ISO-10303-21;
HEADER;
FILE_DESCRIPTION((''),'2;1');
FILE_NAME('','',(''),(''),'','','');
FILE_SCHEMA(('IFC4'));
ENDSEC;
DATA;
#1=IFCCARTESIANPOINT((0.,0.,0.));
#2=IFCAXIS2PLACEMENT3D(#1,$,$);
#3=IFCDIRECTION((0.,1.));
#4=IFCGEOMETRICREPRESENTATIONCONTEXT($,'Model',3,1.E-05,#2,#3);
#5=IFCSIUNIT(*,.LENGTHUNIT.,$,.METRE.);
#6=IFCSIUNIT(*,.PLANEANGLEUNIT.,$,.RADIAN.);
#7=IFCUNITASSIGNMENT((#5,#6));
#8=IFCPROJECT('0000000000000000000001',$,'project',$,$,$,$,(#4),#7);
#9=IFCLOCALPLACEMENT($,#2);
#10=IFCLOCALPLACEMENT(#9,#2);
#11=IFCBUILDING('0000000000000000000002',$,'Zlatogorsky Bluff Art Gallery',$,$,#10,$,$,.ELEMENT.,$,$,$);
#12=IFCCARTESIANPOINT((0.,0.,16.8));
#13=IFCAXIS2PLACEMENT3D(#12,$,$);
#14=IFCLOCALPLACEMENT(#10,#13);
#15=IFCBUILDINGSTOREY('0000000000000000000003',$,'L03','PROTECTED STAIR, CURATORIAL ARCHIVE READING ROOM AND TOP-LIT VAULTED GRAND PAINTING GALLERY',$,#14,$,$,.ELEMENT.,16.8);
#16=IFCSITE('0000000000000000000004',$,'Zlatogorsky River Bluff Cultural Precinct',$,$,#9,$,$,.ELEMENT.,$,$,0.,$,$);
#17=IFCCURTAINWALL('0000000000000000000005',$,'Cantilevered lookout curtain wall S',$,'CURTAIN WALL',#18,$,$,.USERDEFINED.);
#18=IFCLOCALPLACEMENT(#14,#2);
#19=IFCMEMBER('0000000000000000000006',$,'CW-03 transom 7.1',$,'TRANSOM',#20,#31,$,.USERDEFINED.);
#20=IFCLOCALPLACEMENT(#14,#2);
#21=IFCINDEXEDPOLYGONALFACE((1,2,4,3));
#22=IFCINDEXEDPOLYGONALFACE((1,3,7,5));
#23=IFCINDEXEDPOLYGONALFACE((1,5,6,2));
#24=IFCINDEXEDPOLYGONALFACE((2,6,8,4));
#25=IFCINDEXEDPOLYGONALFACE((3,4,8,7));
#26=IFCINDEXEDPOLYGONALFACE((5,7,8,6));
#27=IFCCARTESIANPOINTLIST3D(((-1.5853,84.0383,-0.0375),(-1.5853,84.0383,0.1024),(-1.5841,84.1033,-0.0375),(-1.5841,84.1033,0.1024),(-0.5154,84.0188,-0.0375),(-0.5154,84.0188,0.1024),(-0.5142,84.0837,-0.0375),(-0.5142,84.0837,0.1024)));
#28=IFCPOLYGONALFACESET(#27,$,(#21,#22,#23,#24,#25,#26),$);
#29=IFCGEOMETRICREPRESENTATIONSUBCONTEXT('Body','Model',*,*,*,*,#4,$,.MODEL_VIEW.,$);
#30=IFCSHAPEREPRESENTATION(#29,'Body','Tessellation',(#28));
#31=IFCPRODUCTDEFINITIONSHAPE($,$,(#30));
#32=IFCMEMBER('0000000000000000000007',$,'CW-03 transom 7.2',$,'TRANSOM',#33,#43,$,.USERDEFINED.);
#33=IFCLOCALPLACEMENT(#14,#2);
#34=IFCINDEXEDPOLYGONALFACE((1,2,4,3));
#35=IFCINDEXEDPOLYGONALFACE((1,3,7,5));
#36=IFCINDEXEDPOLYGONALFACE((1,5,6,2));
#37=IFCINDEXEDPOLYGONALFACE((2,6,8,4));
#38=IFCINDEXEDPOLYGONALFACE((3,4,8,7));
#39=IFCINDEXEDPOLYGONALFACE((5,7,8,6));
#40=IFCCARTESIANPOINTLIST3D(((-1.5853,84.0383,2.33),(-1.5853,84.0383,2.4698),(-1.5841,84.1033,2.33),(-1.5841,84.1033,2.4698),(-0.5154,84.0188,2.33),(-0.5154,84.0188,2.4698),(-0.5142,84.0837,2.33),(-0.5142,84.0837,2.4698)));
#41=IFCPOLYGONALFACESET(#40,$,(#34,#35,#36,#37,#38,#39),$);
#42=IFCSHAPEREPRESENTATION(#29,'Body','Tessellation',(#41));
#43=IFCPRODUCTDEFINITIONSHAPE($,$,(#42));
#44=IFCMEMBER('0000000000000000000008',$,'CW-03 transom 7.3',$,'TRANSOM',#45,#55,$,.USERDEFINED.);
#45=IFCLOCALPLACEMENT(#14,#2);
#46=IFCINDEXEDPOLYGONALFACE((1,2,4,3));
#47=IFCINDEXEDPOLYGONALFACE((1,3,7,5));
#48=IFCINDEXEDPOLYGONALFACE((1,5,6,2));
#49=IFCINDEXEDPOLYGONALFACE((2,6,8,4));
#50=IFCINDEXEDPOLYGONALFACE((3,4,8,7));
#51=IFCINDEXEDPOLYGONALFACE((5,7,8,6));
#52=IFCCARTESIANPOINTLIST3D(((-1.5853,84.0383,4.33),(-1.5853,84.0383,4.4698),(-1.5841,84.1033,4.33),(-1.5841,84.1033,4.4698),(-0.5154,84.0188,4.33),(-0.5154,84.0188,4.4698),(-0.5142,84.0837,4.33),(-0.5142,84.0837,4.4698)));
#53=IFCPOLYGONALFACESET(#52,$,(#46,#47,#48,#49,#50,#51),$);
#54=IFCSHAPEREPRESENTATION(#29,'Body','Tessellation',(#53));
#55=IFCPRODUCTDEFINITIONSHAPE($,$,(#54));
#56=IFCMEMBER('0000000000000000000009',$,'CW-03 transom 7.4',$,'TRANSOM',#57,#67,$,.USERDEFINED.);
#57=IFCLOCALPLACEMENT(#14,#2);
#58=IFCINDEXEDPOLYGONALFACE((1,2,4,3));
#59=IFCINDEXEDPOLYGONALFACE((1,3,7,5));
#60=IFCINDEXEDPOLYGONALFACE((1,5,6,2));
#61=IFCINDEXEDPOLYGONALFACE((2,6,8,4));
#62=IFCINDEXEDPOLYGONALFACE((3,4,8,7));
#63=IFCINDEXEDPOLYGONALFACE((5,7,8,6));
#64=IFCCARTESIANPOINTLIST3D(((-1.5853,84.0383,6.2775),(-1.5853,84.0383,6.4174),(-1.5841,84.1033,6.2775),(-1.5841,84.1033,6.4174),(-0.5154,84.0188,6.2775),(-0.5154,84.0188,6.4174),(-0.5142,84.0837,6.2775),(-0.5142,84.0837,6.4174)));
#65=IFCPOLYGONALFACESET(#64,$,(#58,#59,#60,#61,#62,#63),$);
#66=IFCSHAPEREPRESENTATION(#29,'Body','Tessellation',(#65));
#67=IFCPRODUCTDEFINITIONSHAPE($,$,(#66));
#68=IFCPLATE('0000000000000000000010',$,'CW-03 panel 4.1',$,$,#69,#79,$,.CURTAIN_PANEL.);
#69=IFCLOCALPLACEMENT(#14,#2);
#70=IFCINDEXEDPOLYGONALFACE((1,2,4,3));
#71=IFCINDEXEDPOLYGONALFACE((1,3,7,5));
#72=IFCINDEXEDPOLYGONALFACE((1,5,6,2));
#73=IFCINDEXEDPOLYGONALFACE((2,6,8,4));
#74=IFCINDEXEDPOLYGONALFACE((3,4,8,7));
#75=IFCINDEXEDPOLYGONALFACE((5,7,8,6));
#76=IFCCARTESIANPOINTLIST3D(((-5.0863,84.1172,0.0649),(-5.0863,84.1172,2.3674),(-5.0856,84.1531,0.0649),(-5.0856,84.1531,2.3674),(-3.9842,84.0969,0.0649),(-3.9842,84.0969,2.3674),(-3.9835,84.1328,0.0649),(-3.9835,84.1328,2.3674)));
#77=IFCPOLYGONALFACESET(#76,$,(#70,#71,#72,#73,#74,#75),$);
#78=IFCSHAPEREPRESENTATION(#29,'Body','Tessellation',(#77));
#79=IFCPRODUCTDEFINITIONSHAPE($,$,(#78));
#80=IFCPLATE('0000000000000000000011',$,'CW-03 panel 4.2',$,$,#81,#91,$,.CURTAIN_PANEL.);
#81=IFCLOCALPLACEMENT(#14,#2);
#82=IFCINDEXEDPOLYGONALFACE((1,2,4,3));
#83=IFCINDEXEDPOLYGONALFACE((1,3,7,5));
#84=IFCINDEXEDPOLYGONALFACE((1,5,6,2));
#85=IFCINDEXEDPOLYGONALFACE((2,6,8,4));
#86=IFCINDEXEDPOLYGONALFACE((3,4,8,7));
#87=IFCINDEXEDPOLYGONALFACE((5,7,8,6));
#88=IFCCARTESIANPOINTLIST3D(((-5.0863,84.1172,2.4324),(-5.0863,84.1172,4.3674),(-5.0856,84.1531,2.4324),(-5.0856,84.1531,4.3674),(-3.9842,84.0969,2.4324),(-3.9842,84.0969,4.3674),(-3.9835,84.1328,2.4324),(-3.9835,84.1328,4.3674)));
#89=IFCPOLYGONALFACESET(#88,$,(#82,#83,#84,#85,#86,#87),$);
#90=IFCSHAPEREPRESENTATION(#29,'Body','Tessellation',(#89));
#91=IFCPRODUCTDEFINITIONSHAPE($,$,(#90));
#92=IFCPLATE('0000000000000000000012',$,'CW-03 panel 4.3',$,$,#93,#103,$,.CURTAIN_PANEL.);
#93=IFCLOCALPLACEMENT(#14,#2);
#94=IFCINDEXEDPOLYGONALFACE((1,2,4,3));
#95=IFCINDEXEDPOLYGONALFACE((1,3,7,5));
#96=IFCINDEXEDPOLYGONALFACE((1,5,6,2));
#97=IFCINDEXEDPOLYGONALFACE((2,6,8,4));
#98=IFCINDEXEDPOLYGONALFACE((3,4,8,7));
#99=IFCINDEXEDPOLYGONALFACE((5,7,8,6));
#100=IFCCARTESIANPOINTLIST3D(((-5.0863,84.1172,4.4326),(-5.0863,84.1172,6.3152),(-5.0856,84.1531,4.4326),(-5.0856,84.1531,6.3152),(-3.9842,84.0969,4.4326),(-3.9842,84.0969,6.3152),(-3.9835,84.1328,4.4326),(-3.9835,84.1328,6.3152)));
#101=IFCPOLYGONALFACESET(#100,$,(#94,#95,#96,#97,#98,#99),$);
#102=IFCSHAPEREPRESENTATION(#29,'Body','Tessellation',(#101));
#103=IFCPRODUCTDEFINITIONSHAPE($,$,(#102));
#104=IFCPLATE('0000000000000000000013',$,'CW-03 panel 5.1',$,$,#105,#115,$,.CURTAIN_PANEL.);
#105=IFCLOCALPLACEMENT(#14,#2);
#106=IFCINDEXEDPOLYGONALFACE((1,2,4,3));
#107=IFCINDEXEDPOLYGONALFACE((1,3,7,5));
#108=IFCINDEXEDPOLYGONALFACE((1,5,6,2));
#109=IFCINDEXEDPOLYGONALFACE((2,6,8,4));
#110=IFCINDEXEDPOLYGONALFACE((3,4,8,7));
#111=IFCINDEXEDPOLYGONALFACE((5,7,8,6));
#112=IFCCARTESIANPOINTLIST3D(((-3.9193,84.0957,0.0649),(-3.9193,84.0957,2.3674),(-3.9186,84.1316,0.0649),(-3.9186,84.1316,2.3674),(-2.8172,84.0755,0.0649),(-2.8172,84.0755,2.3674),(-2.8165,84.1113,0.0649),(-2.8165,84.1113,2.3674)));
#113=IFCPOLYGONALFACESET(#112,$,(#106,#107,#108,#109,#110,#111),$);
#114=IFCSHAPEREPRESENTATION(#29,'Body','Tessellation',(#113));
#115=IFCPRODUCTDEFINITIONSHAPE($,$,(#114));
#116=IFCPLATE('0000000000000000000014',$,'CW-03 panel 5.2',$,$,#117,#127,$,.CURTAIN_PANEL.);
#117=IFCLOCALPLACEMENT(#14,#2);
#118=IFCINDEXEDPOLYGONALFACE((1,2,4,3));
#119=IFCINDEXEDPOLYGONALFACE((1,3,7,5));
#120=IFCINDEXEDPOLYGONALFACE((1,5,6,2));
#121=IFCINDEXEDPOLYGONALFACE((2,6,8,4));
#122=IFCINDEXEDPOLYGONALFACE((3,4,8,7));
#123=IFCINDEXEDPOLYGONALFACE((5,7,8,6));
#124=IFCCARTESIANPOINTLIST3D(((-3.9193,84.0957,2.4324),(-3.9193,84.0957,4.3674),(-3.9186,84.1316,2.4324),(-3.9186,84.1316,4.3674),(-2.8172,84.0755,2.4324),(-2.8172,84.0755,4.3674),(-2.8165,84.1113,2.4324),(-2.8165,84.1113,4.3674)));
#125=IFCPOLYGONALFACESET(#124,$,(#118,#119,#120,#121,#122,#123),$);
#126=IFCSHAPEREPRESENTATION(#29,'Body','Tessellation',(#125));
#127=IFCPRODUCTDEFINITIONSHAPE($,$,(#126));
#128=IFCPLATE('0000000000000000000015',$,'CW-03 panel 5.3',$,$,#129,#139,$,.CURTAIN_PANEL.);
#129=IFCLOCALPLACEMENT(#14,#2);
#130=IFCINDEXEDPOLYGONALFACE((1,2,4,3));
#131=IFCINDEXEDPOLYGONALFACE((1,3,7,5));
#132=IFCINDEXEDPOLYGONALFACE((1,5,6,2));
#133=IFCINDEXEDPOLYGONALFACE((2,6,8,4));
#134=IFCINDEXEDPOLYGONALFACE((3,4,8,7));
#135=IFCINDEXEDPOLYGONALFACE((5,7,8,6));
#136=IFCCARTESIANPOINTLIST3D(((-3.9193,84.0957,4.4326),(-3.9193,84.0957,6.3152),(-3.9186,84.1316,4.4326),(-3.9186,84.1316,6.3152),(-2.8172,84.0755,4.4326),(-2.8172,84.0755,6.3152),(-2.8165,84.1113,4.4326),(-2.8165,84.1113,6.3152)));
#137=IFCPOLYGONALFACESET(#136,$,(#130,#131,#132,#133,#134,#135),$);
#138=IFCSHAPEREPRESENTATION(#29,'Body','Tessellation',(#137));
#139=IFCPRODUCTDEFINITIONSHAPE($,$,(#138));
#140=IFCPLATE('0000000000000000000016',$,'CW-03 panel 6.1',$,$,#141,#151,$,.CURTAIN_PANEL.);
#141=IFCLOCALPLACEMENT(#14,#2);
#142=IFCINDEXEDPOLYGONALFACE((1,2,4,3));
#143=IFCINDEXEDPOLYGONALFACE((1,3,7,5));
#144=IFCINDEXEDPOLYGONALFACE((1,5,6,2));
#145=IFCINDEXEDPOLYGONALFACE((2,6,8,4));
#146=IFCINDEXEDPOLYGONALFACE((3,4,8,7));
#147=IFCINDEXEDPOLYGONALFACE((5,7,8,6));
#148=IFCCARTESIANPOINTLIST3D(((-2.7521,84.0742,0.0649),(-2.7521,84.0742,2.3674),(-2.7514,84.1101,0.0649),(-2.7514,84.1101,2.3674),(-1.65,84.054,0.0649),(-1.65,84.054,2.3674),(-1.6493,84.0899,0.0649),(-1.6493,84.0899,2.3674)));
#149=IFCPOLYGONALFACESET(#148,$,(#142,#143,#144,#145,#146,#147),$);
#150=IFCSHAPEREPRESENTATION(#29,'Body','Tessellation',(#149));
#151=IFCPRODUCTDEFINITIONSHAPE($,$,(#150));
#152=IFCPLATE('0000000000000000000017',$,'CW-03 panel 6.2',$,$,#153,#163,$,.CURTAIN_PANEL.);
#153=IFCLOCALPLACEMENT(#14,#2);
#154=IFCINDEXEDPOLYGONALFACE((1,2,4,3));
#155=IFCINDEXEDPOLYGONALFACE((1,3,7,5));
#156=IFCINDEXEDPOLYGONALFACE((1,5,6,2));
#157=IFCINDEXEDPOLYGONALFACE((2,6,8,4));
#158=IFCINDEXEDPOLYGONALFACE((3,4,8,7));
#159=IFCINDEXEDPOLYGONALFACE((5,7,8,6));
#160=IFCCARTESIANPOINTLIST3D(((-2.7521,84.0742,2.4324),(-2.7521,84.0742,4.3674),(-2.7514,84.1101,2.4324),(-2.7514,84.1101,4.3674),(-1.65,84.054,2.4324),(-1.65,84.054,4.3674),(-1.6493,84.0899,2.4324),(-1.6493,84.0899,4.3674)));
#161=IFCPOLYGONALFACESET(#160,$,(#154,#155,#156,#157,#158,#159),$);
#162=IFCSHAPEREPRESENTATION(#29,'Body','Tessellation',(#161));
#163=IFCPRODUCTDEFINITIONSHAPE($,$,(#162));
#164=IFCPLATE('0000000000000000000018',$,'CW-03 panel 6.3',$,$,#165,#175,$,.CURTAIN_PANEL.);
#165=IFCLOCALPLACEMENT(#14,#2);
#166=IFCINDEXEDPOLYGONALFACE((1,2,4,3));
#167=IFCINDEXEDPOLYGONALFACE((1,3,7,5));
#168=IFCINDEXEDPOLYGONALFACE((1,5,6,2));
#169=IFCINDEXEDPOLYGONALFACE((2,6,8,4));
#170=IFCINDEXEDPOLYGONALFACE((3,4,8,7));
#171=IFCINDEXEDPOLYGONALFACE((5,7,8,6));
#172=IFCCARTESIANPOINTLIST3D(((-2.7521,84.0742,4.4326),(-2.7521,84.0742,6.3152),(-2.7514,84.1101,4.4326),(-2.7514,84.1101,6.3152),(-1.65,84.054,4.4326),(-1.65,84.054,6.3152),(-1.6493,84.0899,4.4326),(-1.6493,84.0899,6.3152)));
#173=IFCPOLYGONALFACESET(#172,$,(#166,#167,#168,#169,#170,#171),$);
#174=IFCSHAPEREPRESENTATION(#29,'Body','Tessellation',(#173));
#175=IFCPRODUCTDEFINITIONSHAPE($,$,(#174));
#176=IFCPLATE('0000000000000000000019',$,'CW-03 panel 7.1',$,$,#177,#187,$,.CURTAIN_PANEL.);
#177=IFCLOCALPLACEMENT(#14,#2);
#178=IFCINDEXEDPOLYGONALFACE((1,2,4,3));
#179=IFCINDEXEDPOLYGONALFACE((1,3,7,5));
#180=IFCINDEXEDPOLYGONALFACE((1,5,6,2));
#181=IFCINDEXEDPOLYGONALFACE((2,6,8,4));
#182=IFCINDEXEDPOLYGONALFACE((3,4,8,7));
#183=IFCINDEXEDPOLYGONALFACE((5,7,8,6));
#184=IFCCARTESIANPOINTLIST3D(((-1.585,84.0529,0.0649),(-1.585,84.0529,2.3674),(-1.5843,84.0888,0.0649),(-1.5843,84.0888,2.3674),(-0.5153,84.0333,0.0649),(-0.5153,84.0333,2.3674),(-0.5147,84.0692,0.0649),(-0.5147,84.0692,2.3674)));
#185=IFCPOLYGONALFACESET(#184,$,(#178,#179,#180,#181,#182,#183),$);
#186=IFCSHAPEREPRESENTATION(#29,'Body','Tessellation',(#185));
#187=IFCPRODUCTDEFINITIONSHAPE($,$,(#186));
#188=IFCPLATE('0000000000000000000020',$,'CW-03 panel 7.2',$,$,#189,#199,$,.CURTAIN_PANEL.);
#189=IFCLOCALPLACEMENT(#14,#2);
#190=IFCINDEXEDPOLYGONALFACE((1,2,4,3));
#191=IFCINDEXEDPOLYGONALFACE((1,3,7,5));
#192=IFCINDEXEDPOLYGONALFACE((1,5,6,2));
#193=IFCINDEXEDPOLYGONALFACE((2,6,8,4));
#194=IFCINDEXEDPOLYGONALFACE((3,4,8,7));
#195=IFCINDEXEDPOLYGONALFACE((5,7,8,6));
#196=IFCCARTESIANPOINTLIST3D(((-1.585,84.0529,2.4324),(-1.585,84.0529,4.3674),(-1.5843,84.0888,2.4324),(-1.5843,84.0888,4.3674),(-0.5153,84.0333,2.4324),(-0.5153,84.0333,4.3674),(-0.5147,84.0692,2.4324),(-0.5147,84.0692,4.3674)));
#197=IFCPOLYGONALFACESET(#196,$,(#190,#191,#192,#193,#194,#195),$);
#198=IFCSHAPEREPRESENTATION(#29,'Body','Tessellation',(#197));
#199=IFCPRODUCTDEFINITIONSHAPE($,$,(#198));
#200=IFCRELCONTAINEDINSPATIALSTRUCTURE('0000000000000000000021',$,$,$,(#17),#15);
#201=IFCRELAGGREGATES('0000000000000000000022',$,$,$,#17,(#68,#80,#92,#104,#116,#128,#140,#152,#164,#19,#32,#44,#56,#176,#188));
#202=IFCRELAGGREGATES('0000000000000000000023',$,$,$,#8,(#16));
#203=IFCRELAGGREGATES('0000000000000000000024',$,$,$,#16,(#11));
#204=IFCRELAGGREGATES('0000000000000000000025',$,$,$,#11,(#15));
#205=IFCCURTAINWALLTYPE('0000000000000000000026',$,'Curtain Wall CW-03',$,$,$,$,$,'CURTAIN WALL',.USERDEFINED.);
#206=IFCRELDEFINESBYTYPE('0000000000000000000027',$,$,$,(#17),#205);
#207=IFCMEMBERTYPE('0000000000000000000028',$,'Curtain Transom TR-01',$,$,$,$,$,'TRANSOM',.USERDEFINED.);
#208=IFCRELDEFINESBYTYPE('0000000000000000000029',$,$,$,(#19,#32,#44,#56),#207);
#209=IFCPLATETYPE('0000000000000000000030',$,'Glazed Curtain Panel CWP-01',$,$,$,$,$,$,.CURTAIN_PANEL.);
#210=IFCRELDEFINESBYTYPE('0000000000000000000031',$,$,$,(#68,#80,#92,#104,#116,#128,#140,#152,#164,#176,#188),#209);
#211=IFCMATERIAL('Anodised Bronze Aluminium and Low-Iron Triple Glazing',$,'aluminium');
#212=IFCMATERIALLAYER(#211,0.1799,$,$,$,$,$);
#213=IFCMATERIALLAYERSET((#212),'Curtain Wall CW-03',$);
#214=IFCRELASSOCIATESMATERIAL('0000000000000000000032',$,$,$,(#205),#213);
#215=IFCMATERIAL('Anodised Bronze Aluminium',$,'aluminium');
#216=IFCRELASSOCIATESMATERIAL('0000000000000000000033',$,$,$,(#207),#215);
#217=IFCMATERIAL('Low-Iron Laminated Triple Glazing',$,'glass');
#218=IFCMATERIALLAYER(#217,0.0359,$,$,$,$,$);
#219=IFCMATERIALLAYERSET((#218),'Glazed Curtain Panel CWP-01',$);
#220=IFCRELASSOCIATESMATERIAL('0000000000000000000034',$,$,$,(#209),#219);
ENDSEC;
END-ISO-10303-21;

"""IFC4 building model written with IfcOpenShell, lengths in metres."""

from ifc_helpers import new_model, si_unit, direction, frame, origin, origin_2d, place, context, subcontext, project, spatial, rectangle, extrude, material, layer, layer_set, material_profile, profile_set, type_object, element, aggregate, save


model = new_model("IFC4")

# Units and contexts
model_context = context("Model", 3, precision=1e-05, world=origin(), true_north=direction((0.0, 1.0)))
body_context = subcontext(model_context, "Body", "Model", "MODEL_VIEW")
ifc_project = project(units=[si_unit("LENGTHUNIT", "METRE"), si_unit("PLANEANGLEUNIT", "RADIAN")], contexts=[model_context])

# Site, building, storey
site_placement = place(None, origin())
site = spatial("IfcSite", under=ifc_project, at=site_placement, Name="Zlatogorsky River Bluff Cultural Precinct", CompositionType="ELEMENT", RefElevation=0.0)
building_placement = place(site_placement, origin())
building = spatial("IfcBuilding", under=site, at=building_placement, Name="Zlatogorsky Bluff Art Gallery", CompositionType="ELEMENT")
storey_placement = place(building_placement, frame((0.0, 0.0, 16.8)))
storey = spatial("IfcBuildingStorey", under=building, at=storey_placement, Name="L03", Description="PROTECTED STAIR, CURATORIAL ARCHIVE READING ROOM AND TOP-LIT VAULTED GRAND PAINTING GALLERY", CompositionType="ELEMENT", Elevation=16.8)

# Curtain wall, members, plates
ifc_material_1 = material(Name="Anodised Bronze Aluminium and Low-Iron Triple Glazing", Category="aluminium")
ifc_layer_1 = layer(ifc_material_1, 0.1799)
ifc_layer_set_1 = layer_set([ifc_layer_1], Name="Curtain Wall CW-03")
curtain_wall_type = type_object("IfcCurtainWallType", Name="Curtain Wall CW-03", ElementType="CURTAIN WALL", PredefinedType="USERDEFINED", material=ifc_layer_set_1)
curtain_wall_placement = place(storey_placement, origin())
curtain_wall = element("IfcCurtainWall", 1, at=curtain_wall_placement, inside=storey, type_object=curtain_wall_type, Name="Cantilevered lookout curtain wall S", ObjectType="CURTAIN WALL", PredefinedType="USERDEFINED")
ifc_material_2 = material(Name="Anodised Bronze Aluminium", Category="aluminium")
ifc_material_profile_1 = material_profile(ifc_material_2, rectangle(XDim=0.0649, YDim=0.1399, at=origin_2d()), Name="ALU TRANSOM 65x140")
ifc_profile_set_1 = profile_set([ifc_material_profile_1], Name="Anodised Bronze Aluminium")
member_type_1 = type_object("IfcMemberType", Name="Curtain Transom TR-01", ElementType="TRANSOM", PredefinedType="USERDEFINED", material=ifc_profile_set_1)
member_1_placement = place(storey_placement, frame((-1.5847, 84.0708, 0.0325), z_axis=(0.999833, -0.018253, 0.0), x_axis=(0.018253, 0.999833, 0.0)))
member_1 = element("IfcMember", 2, at=member_1_placement, type_object=member_type_1, Name="CW-03 transom 7.1", ObjectType="TRANSOM", PredefinedType="USERDEFINED", context=body_context, shape_type="SweptSolid", body=[
    extrude(rectangle(XDim=0.0649, YDim=0.1399, at=origin_2d()), origin(), (0.0, 0.0, 1.0), 1.0701),
])
member_2_placement = place(storey_placement, frame((-1.5847, 84.0708, 2.3999), z_axis=(0.999833, -0.018253, 0.0), x_axis=(0.018253, 0.999833, 0.0)))
member_2 = element("IfcMember", 3, at=member_2_placement, type_object=member_type_1, Name="CW-03 transom 7.2", ObjectType="TRANSOM", PredefinedType="USERDEFINED", context=body_context, shape_type="SweptSolid", body=[
    extrude(rectangle(XDim=0.0649, YDim=0.1399, at=origin_2d()), origin(), (0.0, 0.0, 1.0), 1.0701),
])
member_3_placement = place(storey_placement, frame((-1.5847, 84.0708, 4.3999), z_axis=(0.999833, -0.018253, 0.0), x_axis=(0.018253, 0.999833, 0.0)))
member_3 = element("IfcMember", 4, at=member_3_placement, type_object=member_type_1, Name="CW-03 transom 7.3", ObjectType="TRANSOM", PredefinedType="USERDEFINED", context=body_context, shape_type="SweptSolid", body=[
    extrude(rectangle(XDim=0.0649, YDim=0.1399, at=origin_2d()), origin(), (0.0, 0.0, 1.0), 1.0701),
])
member_4_placement = place(storey_placement, frame((-1.5847, 84.0708, 6.3474), z_axis=(0.999833, -0.018253, 0.0), x_axis=(0.018253, 0.999833, 0.0)))
member_4 = element("IfcMember", 5, at=member_4_placement, type_object=member_type_1, Name="CW-03 transom 7.4", ObjectType="TRANSOM", PredefinedType="USERDEFINED", context=body_context, shape_type="SweptSolid", body=[
    extrude(rectangle(XDim=0.0649, YDim=0.1399, at=origin_2d()), origin(), (0.0, 0.0, 1.0), 1.0701),
])
ifc_material_3 = material(Name="Low-Iron Laminated Triple Glazing", Category="glass")
ifc_layer_2 = layer(ifc_material_3, 0.0359)
ifc_layer_set_2 = layer_set([ifc_layer_2], Name="Glazed Curtain Panel CWP-01")
plate_type = type_object("IfcPlateType", Name="Glazed Curtain Panel CWP-01", PredefinedType="CURTAIN_PANEL", material=ifc_layer_set_2)
plate_1_placement = place(storey_placement, frame((-4.5349, 84.125, 0.0649), z_axis=(0.0, 0.0, 1.0), x_axis=(0.999832, -0.018357, 0.0)))
plate_1 = element("IfcPlate", 6, at=plate_1_placement, type_object=plate_type, Name="CW-03 panel 4.1", PredefinedType="CURTAIN_PANEL", context=body_context, shape_type="SweptSolid", body=[
    extrude(rectangle(XDim=1.1023, YDim=0.0359, at=origin_2d()), origin(), (0.0, 0.0, 1.0), 2.3025),
])
plate_2_placement = place(storey_placement, frame((-4.5349, 84.125, 2.4324), z_axis=(0.0, 0.0, 1.0), x_axis=(0.999832, -0.018357, 0.0)))
plate_2 = element("IfcPlate", 7, at=plate_2_placement, type_object=plate_type, Name="CW-03 panel 4.2", PredefinedType="CURTAIN_PANEL", context=body_context, shape_type="SweptSolid", body=[
    extrude(rectangle(XDim=1.1023, YDim=0.0359, at=origin_2d()), origin(), (0.0, 0.0, 1.0), 1.9351),
])
plate_3_placement = place(storey_placement, frame((-4.5349, 84.125, 4.4326), z_axis=(0.0, 0.0, 1.0), x_axis=(0.999832, -0.018357, 0.0)))
plate_3 = element("IfcPlate", 8, at=plate_3_placement, type_object=plate_type, Name="CW-03 panel 4.3", PredefinedType="CURTAIN_PANEL", context=body_context, shape_type="SweptSolid", body=[
    extrude(rectangle(XDim=1.1023, YDim=0.0359, at=origin_2d()), origin(), (0.0, 0.0, 1.0), 1.8826),
])
plate_4_placement = place(storey_placement, frame((-3.3679, 84.1035, 0.0649), z_axis=(0.0, 0.0, 1.0), x_axis=(0.999832, -0.018357, 0.0)))
plate_4 = element("IfcPlate", 9, at=plate_4_placement, type_object=plate_type, Name="CW-03 panel 5.1", PredefinedType="CURTAIN_PANEL", context=body_context, shape_type="SweptSolid", body=[
    extrude(rectangle(XDim=1.1023, YDim=0.0359, at=origin_2d()), origin(), (0.0, 0.0, 1.0), 2.3025),
])
plate_5_placement = place(storey_placement, frame((-3.3679, 84.1035, 2.4324), z_axis=(0.0, 0.0, 1.0), x_axis=(0.999832, -0.018357, 0.0)))
plate_5 = element("IfcPlate", 10, at=plate_5_placement, type_object=plate_type, Name="CW-03 panel 5.2", PredefinedType="CURTAIN_PANEL", context=body_context, shape_type="SweptSolid", body=[
    extrude(rectangle(XDim=1.1023, YDim=0.0359, at=origin_2d()), origin(), (0.0, 0.0, 1.0), 1.9351),
])
plate_6_placement = place(storey_placement, frame((-3.3679, 84.1035, 4.4326), z_axis=(0.0, 0.0, 1.0), x_axis=(0.999832, -0.018357, 0.0)))
plate_6 = element("IfcPlate", 11, at=plate_6_placement, type_object=plate_type, Name="CW-03 panel 5.3", PredefinedType="CURTAIN_PANEL", context=body_context, shape_type="SweptSolid", body=[
    extrude(rectangle(XDim=1.1023, YDim=0.0359, at=origin_2d()), origin(), (0.0, 0.0, 1.0), 1.8826),
])
plate_7_placement = place(storey_placement, frame((-2.2007, 84.082, 0.0649), z_axis=(0.0, 0.0, 1.0), x_axis=(0.999832, -0.018357, 0.0)))
plate_7 = element("IfcPlate", 12, at=plate_7_placement, type_object=plate_type, Name="CW-03 panel 6.1", PredefinedType="CURTAIN_PANEL", context=body_context, shape_type="SweptSolid", body=[
    extrude(rectangle(XDim=1.1023, YDim=0.0359, at=origin_2d()), origin(), (0.0, 0.0, 1.0), 2.3025),
])
plate_8_placement = place(storey_placement, frame((-2.2007, 84.082, 2.4324), z_axis=(0.0, 0.0, 1.0), x_axis=(0.999832, -0.018357, 0.0)))
plate_8 = element("IfcPlate", 13, at=plate_8_placement, type_object=plate_type, Name="CW-03 panel 6.2", PredefinedType="CURTAIN_PANEL", context=body_context, shape_type="SweptSolid", body=[
    extrude(rectangle(XDim=1.1023, YDim=0.0359, at=origin_2d()), origin(), (0.0, 0.0, 1.0), 1.9351),
])
plate_9_placement = place(storey_placement, frame((-2.2007, 84.082, 4.4326), z_axis=(0.0, 0.0, 1.0), x_axis=(0.999832, -0.018357, 0.0)))
plate_9 = element("IfcPlate", 14, at=plate_9_placement, type_object=plate_type, Name="CW-03 panel 6.3", PredefinedType="CURTAIN_PANEL", context=body_context, shape_type="SweptSolid", body=[
    extrude(rectangle(XDim=1.1023, YDim=0.0359, at=origin_2d()), origin(), (0.0, 0.0, 1.0), 1.8826),
])
plate_10_placement = place(storey_placement, frame((-1.0498, 84.061, 0.0649), z_axis=(0.0, 0.0, 1.0), x_axis=(0.999832, -0.018357, 0.0)))
plate_10 = element("IfcPlate", 15, at=plate_10_placement, type_object=plate_type, Name="CW-03 panel 7.1", PredefinedType="CURTAIN_PANEL", context=body_context, shape_type="SweptSolid", body=[
    extrude(rectangle(XDim=1.0698, YDim=0.0359, at=origin_2d()), origin(), (0.0, 0.0, 1.0), 2.3025),
])
plate_11_placement = place(storey_placement, frame((-1.0498, 84.061, 2.4324), z_axis=(0.0, 0.0, 1.0), x_axis=(0.999832, -0.018357, 0.0)))
plate_11 = element("IfcPlate", 16, at=plate_11_placement, type_object=plate_type, Name="CW-03 panel 7.2", PredefinedType="CURTAIN_PANEL", context=body_context, shape_type="SweptSolid", body=[
    extrude(rectangle(XDim=1.0698, YDim=0.0359, at=origin_2d()), origin(), (0.0, 0.0, 1.0), 1.9351),
])
aggregate(curtain_wall, [plate_1, plate_2, plate_3, plate_4, plate_5, plate_6, plate_7, plate_8, plate_9, member_1, member_2, member_3, member_4, plate_10, plate_11])

save(model, "model.ifc")
